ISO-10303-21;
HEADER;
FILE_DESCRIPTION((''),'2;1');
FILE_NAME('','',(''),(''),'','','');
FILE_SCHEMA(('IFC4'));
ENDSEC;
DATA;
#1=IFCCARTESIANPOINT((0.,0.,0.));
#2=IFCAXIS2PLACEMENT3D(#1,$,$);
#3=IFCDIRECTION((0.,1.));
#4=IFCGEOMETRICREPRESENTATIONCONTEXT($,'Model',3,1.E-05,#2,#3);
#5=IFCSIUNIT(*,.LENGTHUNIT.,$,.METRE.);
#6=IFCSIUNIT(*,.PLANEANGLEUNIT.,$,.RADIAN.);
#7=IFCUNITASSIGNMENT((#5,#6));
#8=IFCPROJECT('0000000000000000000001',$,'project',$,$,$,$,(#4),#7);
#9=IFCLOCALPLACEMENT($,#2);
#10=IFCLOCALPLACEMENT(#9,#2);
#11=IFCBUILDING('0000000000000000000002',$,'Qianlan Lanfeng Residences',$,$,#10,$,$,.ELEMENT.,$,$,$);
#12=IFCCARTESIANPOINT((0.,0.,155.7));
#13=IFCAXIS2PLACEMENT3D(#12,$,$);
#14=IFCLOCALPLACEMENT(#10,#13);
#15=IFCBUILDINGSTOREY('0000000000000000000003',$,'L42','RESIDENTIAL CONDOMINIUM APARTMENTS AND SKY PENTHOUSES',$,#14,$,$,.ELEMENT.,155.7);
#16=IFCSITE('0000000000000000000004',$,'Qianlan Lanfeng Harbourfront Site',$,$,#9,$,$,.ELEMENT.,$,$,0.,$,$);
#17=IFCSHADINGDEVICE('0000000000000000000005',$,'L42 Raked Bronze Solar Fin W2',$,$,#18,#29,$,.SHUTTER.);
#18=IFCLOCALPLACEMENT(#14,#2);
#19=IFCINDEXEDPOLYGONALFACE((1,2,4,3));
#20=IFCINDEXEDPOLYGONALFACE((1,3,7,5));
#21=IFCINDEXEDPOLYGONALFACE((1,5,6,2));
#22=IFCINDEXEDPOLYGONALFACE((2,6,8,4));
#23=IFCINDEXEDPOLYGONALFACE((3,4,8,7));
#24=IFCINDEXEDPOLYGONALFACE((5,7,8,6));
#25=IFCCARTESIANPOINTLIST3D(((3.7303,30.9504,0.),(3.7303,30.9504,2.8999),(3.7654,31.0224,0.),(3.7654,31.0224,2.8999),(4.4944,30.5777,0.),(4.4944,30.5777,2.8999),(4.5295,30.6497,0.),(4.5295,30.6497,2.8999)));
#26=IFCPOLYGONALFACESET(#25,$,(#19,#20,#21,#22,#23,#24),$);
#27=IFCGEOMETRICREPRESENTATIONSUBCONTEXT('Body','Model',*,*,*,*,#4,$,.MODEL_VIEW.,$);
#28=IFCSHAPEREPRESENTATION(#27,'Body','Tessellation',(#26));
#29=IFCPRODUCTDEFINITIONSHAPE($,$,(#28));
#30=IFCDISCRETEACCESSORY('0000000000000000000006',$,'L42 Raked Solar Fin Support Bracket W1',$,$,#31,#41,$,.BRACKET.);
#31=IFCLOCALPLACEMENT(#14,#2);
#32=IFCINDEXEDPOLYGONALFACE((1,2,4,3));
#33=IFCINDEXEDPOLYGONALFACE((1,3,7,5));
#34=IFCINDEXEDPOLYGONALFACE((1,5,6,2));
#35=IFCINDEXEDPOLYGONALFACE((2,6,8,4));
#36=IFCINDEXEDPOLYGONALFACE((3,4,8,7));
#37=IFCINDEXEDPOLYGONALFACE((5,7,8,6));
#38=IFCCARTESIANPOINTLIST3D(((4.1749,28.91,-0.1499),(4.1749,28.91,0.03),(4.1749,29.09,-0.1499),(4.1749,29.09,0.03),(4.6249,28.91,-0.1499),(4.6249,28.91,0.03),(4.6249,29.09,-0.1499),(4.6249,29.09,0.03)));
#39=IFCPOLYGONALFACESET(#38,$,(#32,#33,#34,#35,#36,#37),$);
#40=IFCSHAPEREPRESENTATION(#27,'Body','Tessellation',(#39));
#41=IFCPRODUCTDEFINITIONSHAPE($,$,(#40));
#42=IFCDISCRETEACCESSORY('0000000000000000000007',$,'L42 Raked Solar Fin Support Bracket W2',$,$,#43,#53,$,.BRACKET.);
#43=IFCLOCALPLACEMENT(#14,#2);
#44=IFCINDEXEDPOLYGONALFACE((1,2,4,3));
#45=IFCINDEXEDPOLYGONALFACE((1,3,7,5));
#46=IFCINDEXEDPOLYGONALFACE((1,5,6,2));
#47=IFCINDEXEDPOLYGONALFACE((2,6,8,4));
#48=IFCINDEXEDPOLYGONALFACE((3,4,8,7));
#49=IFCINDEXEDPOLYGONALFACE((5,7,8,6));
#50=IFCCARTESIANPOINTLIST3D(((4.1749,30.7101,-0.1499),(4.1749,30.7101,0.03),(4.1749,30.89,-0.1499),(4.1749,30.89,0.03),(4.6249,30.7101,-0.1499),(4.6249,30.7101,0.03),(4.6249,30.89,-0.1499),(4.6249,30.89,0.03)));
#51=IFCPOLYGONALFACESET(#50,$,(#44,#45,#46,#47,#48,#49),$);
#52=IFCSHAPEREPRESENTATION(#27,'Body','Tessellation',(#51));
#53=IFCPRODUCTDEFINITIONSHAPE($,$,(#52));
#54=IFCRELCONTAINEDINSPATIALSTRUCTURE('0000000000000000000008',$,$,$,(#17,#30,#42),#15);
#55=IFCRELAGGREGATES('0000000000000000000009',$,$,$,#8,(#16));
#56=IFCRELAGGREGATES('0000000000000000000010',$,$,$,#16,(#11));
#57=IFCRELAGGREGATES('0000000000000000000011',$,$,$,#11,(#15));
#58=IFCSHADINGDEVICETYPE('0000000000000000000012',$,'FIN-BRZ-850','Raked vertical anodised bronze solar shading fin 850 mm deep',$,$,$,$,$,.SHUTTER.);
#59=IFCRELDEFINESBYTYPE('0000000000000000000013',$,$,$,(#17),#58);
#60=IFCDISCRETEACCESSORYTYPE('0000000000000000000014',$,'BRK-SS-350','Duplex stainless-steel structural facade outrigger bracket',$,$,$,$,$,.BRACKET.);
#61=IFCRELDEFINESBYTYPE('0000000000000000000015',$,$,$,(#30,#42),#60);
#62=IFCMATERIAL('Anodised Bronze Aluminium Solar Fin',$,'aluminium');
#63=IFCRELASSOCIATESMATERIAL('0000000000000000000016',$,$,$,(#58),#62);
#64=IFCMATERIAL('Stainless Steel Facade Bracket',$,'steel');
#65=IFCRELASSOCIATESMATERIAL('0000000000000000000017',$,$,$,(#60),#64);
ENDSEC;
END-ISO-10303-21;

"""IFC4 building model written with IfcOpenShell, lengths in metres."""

from ifc_helpers import new_model, si_unit, direction, frame, origin, origin_2d, place, context, subcontext, project, spatial, rectangle, extrude, source, transform, mapped, material, type_object, element, save


model = new_model("IFC4")

# Units and contexts
model_context = context("Model", 3, precision=1e-05, world=origin(), true_north=direction((0.0, 1.0)))
body_context = subcontext(model_context, "Body", "Model", "MODEL_VIEW")
ifc_project = project(units=[si_unit("LENGTHUNIT", "METRE"), si_unit("PLANEANGLEUNIT", "RADIAN")], contexts=[model_context])

# Site, building, storey
site_placement = place(None, origin())
site = spatial("IfcSite", under=ifc_project, at=site_placement, Name="Qianlan Lanfeng Harbourfront Site", CompositionType="ELEMENT", RefElevation=0.0)
building_placement = place(site_placement, origin())
building = spatial("IfcBuilding", under=site, at=building_placement, Name="Qianlan Lanfeng Residences", CompositionType="ELEMENT")
storey_placement = place(building_placement, frame((0.0, 0.0, 155.7)))
storey = spatial("IfcBuildingStorey", under=building, at=storey_placement, Name="L42", Description="RESIDENTIAL CONDOMINIUM APARTMENTS AND SKY PENTHOUSES", CompositionType="ELEMENT", Elevation=155.7)

# Shading device
ifc_material_1 = material(Name="Anodised Bronze Aluminium Solar Fin", Category="aluminium")
shading_device_type = type_object("IfcShadingDeviceType", Name="FIN-BRZ-850", Description="Raked vertical anodised bronze solar shading fin 850 mm deep", PredefinedType="SHUTTER", material=ifc_material_1)
shared_shape_1 = source(origin(), body_context, "Body", "SweptSolid", [
    extrude(rectangle(XDim=0.8501, YDim=0.0801, at=origin_2d()), origin(), (0.0, 0.0, 1.0), 2.8999),
])
for number, where, z_axis, x_axis, name in (
    (1, (4.1299, 30.8, 0.0), (0.0, 0.0, 1.0), (0.898794, -0.438371, 0.0), "L42 Raked Bronze Solar Fin W2"),
):
    element("IfcShadingDevice", number, at=place(storey_placement, frame(where, z_axis=z_axis, x_axis=x_axis)), inside=storey, type_object=shading_device_type, Name=name, PredefinedType="SHUTTER", context=body_context, shape_type="MappedRepresentation", body=[
        mapped(shared_shape_1, transform((0.0, 0.0, 0.0), scale=1.0)),
    ])

# Discrete accessories
ifc_material_2 = material(Name="Stainless Steel Facade Bracket", Category="steel")
discrete_accessory_type = type_object("IfcDiscreteAccessoryType", Name="BRK-SS-350", Description="Duplex stainless-steel structural facade outrigger bracket", PredefinedType="BRACKET", material=ifc_material_2)
shared_shape_2 = source(origin(), body_context, "Body", "SweptSolid", [
    extrude(rectangle(XDim=0.45, YDim=0.1799, at=origin_2d()), origin(), (0.0, 0.0, 1.0), 0.1799),
])
for number, where, z_axis, x_axis, name in (
    (2, (4.3999, 29.0, -0.1499), (0.0, 0.0, 1.0), (1.0, 0.0, 0.0), "L42 Raked Solar Fin Support Bracket W1"),
    (3, (4.3999, 30.8, -0.1499), (0.0, 0.0, 1.0), (1.0, 0.0, 0.0), "L42 Raked Solar Fin Support Bracket W2"),
):
    element("IfcDiscreteAccessory", number, at=place(storey_placement, frame(where, z_axis=z_axis, x_axis=x_axis)), inside=storey, type_object=discrete_accessory_type, Name=name, PredefinedType="BRACKET", context=body_context, shape_type="MappedRepresentation", body=[
        mapped(shared_shape_2, transform((0.0, 0.0, 0.0), scale=1.0)),
    ])

save(model, "model.ifc")
